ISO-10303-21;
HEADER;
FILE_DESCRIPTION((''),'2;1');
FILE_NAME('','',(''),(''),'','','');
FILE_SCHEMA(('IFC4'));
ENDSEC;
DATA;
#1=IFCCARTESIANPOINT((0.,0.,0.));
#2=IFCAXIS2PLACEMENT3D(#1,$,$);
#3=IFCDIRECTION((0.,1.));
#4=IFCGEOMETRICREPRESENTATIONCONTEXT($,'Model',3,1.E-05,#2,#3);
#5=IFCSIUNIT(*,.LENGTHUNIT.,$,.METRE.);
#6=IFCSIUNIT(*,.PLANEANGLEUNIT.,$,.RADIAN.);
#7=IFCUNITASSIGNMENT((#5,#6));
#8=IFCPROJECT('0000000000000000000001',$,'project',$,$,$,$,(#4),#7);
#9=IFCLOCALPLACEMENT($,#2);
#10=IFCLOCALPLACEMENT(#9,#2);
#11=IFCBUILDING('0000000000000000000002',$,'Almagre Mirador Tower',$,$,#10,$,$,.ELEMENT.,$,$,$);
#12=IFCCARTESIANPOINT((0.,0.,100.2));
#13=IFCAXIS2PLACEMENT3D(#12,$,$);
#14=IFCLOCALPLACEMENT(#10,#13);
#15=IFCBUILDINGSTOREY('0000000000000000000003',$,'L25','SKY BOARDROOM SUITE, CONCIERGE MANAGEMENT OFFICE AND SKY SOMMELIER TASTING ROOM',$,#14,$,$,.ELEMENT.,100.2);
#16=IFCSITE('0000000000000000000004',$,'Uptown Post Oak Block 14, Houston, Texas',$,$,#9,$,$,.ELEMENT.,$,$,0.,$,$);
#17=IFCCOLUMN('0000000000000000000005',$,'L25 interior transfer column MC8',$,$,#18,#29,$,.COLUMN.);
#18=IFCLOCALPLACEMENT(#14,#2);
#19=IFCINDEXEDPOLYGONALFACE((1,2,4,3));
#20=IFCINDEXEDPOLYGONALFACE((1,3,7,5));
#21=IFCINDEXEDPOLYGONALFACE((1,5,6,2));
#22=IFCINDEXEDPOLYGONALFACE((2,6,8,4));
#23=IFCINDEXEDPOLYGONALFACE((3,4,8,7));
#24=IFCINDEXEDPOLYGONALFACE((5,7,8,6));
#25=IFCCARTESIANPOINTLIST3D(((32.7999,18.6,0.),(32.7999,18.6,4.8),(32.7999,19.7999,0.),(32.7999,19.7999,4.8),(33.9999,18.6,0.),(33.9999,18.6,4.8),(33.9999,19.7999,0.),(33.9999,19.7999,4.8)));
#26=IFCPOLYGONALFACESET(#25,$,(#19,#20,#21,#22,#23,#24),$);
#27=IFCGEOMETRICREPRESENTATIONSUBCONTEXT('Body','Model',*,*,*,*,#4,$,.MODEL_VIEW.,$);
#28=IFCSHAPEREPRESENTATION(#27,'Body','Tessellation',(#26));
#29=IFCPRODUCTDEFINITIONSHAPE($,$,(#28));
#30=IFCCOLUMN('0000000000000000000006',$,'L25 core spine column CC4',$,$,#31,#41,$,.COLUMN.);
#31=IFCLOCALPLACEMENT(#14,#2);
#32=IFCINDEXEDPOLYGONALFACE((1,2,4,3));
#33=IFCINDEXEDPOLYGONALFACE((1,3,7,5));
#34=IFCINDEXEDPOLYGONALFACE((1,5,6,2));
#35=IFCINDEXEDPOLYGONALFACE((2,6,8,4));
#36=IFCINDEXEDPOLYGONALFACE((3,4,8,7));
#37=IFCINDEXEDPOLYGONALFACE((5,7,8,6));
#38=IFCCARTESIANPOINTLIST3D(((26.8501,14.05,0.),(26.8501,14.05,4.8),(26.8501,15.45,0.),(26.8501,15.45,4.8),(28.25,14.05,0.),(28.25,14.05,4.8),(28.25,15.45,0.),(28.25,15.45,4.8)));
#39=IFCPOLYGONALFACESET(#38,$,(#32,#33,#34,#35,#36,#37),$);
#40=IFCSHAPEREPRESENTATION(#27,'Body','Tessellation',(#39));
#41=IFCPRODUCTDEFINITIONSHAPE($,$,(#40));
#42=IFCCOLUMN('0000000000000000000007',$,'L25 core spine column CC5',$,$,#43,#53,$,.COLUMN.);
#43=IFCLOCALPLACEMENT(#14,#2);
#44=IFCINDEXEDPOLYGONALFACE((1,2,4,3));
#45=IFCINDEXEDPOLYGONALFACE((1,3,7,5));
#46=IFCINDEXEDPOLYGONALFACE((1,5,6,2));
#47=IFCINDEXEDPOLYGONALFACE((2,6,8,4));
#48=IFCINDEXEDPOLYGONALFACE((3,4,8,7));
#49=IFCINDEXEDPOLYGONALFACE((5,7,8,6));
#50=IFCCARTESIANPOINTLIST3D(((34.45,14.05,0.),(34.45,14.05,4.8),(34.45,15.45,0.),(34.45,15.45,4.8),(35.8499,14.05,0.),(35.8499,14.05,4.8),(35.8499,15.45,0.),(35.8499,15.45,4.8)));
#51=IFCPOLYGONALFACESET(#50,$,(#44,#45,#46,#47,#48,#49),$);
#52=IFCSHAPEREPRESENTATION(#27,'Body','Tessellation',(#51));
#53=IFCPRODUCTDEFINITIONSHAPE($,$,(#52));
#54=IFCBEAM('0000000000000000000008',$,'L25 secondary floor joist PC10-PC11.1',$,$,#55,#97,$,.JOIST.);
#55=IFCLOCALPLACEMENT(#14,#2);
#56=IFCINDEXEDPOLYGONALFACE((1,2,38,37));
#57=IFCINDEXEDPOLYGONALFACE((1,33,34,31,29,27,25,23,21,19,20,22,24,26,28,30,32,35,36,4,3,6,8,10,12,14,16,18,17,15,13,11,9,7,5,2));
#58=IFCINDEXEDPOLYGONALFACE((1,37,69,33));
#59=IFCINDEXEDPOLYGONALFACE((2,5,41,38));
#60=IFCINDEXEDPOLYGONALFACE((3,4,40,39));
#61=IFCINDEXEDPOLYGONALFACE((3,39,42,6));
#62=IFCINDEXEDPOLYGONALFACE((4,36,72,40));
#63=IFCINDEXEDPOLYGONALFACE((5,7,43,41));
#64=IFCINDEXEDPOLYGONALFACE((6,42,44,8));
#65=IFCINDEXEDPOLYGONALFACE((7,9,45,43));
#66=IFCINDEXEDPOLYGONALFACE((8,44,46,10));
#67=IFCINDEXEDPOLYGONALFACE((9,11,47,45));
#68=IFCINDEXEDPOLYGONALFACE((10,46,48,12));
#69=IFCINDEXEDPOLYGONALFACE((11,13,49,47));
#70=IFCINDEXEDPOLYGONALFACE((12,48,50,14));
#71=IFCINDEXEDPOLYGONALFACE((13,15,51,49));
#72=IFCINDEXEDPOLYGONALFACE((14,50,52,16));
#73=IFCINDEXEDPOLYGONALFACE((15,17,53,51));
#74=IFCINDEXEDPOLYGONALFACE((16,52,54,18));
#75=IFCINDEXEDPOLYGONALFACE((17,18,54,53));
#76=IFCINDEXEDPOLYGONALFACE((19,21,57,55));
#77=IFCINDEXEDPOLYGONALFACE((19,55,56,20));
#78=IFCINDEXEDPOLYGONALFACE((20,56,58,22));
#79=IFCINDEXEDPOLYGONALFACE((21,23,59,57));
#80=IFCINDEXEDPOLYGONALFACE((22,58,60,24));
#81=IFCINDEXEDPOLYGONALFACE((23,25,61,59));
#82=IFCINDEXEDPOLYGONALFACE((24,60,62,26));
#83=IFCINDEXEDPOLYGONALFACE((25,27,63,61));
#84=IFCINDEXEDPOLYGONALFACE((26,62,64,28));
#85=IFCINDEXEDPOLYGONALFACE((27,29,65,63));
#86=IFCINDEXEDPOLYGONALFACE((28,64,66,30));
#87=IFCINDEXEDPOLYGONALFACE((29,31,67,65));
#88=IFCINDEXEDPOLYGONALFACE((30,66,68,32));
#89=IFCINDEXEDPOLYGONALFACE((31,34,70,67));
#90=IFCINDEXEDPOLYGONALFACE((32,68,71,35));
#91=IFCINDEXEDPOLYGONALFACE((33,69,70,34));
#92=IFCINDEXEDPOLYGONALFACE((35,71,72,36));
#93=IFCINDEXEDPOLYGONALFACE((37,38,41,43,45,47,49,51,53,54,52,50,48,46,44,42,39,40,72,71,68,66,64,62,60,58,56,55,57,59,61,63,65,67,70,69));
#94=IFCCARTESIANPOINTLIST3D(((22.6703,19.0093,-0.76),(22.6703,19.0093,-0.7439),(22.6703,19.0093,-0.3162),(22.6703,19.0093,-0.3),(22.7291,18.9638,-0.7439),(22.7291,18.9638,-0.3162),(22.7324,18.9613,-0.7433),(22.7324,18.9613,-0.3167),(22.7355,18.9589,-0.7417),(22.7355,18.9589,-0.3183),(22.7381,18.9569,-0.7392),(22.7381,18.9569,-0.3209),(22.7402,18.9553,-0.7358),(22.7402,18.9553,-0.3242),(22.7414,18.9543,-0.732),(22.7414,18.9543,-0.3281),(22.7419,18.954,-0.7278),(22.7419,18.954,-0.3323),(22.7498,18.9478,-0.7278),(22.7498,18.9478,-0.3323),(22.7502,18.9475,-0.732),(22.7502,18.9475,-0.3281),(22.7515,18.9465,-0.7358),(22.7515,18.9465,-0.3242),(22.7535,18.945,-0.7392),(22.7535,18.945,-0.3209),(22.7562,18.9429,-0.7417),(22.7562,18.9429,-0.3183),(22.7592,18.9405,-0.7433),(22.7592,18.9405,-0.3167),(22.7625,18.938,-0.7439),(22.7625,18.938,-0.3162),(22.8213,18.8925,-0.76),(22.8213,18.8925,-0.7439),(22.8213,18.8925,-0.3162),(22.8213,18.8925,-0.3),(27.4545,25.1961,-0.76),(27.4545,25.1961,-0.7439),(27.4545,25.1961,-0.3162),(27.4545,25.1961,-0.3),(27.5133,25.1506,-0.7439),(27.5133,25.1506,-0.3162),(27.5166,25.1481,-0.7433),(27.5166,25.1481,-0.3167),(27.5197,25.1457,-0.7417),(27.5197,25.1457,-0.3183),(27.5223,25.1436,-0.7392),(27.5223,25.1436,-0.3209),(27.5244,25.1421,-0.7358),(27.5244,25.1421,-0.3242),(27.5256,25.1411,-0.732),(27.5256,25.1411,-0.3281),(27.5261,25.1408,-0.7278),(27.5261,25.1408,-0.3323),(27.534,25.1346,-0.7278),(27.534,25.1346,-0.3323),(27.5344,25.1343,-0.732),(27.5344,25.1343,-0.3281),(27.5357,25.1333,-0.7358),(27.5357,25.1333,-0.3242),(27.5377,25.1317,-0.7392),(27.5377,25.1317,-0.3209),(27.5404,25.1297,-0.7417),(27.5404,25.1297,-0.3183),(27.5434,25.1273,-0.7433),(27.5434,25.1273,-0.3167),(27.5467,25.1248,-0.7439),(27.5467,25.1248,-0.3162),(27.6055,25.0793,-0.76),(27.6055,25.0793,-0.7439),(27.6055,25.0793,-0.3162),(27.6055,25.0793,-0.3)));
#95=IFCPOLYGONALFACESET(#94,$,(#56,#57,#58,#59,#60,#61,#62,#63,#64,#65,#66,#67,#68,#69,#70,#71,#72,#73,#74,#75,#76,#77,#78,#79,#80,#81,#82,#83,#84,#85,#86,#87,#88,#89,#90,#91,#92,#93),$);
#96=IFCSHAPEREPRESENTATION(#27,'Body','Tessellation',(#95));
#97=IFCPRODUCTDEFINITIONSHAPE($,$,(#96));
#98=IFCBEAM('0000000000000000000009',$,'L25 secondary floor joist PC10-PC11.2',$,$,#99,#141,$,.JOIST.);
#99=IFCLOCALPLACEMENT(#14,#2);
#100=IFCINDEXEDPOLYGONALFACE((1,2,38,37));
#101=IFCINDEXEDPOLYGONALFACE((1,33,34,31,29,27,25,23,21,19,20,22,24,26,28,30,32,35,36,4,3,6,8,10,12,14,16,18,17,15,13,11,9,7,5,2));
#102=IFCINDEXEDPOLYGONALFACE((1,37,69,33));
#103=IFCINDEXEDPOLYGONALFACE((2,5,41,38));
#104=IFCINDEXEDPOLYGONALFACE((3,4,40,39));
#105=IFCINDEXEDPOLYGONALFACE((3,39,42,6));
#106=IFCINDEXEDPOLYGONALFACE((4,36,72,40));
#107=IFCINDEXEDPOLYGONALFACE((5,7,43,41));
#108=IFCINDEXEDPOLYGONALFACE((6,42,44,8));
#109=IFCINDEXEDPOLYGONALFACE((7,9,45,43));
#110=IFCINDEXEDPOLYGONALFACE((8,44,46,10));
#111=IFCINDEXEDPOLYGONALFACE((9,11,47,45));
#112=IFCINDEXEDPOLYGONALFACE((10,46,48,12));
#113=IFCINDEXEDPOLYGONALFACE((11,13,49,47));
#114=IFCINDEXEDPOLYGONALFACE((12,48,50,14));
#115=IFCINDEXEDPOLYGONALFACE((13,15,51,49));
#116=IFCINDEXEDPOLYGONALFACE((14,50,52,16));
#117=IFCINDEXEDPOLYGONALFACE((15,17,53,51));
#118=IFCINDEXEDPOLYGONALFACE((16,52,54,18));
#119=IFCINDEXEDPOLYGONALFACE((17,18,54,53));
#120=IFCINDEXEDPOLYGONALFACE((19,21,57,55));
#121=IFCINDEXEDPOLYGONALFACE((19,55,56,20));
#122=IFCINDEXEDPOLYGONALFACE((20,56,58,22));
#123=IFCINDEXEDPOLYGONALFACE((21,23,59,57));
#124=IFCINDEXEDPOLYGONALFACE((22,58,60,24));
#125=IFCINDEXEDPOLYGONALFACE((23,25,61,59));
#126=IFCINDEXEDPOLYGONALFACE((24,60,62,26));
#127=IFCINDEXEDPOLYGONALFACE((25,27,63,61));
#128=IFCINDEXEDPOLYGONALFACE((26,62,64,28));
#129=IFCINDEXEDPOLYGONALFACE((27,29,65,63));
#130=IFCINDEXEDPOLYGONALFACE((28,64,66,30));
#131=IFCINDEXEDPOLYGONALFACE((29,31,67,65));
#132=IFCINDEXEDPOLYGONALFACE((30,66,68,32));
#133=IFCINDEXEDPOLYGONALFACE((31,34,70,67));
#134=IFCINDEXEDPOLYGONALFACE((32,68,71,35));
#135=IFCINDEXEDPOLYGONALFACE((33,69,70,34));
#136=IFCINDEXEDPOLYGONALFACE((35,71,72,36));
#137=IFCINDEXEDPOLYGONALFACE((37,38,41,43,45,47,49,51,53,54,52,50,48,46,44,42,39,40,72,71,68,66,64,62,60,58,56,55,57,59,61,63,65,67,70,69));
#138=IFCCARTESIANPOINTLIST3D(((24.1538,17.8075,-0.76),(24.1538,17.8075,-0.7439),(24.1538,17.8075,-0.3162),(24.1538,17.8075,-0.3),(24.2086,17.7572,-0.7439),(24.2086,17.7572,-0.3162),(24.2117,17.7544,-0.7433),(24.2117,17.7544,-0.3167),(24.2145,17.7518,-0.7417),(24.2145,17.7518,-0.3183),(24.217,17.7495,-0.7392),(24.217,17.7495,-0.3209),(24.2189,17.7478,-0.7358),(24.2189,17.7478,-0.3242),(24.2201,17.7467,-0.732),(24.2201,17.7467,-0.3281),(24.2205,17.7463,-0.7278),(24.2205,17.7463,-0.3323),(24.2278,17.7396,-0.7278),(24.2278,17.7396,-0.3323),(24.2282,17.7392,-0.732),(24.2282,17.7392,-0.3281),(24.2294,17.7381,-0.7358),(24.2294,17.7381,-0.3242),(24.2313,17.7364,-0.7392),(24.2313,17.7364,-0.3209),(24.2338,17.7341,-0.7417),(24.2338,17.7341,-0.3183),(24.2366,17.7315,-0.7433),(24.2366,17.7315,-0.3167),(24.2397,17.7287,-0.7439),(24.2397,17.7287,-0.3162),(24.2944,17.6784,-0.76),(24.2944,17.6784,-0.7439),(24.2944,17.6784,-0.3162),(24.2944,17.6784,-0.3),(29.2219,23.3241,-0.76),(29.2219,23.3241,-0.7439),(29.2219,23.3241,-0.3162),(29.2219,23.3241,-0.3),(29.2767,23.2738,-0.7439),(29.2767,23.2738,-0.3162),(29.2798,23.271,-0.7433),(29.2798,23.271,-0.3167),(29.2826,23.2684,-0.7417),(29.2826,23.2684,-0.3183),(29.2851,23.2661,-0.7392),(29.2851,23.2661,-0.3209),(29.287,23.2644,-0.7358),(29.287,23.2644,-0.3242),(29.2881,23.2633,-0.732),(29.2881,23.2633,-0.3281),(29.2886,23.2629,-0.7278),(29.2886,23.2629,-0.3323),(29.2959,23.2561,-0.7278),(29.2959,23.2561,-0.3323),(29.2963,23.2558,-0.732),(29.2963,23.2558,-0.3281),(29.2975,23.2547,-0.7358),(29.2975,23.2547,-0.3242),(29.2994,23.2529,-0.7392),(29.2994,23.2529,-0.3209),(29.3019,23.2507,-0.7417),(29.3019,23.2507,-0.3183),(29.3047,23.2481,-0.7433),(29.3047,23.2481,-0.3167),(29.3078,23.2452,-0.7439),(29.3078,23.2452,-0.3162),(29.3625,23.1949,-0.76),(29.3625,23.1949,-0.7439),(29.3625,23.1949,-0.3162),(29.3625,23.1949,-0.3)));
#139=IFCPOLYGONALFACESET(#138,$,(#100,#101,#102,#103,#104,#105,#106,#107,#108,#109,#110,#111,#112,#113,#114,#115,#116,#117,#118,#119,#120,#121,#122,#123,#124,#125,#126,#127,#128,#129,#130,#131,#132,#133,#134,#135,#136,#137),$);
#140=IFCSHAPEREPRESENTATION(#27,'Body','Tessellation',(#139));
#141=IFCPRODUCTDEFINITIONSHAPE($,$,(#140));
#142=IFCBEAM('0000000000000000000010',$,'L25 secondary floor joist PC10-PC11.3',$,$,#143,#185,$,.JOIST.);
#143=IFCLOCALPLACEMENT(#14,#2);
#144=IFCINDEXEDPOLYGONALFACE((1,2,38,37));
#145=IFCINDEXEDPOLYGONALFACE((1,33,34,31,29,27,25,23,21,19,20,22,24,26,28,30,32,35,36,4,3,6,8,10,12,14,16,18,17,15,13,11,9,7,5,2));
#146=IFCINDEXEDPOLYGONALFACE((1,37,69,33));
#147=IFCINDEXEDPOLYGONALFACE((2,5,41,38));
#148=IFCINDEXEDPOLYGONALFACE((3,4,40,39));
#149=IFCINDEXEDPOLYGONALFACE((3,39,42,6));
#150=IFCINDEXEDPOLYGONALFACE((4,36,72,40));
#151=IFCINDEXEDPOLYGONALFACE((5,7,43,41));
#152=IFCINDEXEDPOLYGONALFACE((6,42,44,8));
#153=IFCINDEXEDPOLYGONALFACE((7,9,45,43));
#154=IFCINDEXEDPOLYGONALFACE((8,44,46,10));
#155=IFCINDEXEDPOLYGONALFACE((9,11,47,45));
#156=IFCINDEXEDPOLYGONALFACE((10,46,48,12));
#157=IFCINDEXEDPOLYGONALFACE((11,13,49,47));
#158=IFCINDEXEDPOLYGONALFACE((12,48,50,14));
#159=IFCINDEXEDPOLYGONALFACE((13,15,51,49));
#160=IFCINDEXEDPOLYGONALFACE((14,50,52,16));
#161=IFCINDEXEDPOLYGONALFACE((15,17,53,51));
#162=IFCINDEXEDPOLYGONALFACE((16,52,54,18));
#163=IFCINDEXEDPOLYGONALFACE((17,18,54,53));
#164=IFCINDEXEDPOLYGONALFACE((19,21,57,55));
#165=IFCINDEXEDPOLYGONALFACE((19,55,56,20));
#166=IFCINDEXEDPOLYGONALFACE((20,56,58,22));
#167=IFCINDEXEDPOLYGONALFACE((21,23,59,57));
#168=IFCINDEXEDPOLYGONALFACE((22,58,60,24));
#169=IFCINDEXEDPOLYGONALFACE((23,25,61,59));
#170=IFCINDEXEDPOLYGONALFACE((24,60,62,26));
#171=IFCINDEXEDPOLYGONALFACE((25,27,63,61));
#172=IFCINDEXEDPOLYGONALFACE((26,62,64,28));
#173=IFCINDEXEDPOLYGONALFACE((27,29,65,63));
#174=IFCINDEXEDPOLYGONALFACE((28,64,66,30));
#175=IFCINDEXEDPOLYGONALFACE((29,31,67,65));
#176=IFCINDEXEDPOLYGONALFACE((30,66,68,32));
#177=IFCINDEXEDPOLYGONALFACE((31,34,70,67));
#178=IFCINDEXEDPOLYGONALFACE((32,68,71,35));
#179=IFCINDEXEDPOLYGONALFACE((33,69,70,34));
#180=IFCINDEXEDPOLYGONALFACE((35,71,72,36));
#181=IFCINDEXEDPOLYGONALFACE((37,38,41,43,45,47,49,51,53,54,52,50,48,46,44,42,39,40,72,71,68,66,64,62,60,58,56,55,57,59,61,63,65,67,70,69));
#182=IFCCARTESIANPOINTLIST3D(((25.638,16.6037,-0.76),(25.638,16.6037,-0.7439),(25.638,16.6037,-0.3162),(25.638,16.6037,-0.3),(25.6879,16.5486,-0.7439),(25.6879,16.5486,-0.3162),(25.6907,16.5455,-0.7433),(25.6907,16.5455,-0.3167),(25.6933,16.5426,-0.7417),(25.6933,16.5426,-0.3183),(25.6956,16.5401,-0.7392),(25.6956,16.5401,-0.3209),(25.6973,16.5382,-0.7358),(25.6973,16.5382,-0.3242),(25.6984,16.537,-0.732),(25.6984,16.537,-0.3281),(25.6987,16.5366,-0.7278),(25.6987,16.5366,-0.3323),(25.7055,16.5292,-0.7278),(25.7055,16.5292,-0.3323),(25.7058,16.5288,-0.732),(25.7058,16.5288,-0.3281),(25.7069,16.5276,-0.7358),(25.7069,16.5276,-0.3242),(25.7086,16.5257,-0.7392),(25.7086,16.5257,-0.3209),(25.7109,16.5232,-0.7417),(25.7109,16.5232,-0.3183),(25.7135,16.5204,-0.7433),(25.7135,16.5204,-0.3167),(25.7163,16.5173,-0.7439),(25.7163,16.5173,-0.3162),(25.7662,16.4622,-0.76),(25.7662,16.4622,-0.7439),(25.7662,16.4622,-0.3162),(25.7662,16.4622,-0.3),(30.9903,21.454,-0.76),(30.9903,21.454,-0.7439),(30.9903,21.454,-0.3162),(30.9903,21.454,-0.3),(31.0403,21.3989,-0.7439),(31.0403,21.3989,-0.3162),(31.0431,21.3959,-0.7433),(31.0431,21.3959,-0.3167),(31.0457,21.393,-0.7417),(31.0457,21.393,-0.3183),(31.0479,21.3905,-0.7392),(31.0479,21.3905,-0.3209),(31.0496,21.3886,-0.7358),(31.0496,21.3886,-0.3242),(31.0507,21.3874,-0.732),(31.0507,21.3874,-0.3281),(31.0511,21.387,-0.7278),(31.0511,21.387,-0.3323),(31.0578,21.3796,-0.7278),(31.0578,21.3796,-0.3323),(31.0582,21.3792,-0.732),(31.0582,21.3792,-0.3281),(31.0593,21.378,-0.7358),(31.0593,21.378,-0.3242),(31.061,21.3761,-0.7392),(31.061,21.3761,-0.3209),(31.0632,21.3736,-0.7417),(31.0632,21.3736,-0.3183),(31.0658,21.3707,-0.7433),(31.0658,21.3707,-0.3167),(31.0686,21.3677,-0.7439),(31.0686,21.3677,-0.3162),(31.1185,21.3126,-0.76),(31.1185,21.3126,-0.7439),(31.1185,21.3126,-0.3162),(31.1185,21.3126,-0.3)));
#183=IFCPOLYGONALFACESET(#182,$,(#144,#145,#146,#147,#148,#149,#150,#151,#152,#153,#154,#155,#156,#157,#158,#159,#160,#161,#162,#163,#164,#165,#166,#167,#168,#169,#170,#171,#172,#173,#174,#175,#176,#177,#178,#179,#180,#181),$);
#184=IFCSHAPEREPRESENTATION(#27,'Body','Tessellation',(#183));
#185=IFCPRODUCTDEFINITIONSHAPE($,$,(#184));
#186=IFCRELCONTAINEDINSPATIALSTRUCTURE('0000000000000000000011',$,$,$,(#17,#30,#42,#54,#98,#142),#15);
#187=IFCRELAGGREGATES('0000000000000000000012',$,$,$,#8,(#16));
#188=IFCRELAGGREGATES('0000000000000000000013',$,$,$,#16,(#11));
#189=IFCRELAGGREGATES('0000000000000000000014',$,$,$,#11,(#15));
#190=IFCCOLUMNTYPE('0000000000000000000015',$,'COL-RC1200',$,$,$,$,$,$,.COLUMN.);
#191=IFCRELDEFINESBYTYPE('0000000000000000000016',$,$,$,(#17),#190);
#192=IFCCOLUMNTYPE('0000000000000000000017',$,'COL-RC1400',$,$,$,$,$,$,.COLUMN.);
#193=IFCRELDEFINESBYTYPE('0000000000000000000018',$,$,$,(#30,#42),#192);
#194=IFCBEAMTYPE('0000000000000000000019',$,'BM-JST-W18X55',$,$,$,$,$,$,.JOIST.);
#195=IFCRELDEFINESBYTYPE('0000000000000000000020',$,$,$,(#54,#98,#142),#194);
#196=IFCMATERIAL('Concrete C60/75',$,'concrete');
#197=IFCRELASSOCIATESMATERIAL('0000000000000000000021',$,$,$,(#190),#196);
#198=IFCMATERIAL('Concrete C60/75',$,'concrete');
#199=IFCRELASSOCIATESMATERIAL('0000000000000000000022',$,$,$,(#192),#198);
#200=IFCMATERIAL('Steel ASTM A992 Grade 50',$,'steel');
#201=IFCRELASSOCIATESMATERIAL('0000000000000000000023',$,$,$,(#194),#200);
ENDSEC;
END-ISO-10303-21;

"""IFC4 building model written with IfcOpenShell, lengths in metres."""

from ifc_helpers import new_model, si_unit, direction, frame, origin, origin_2d, place, context, subcontext, project, spatial, rectangle, i_section, extrude, material, material_profile, profile_set, type_object, element, save


model = new_model("IFC4")

# Units and contexts
model_context = context("Model", 3, precision=1e-05, world=origin(), true_north=direction((0.0, 1.0)))
body_context = subcontext(model_context, "Body", "Model", "MODEL_VIEW")
ifc_project = project(units=[si_unit("LENGTHUNIT", "METRE"), si_unit("PLANEANGLEUNIT", "RADIAN")], contexts=[model_context])

# Site, building, storey
site_placement = place(None, origin())
site = spatial("IfcSite", under=ifc_project, at=site_placement, Name="Uptown Post Oak Block 14, Houston, Texas", CompositionType="ELEMENT", RefElevation=0.0)
building_placement = place(site_placement, origin())
building = spatial("IfcBuilding", under=site, at=building_placement, Name="Almagre Mirador Tower", CompositionType="ELEMENT")
storey_placement = place(building_placement, frame((0.0, 0.0, 100.2)))
storey = spatial("IfcBuildingStorey", under=building, at=storey_placement, Name="L25", Description="SKY BOARDROOM SUITE, CONCIERGE MANAGEMENT OFFICE AND SKY SOMMELIER TASTING ROOM", CompositionType="ELEMENT", Elevation=100.2)

# Columns
ifc_material_1 = material(Name="Concrete C60/75", Category="concrete")
ifc_material_profile_1 = material_profile(ifc_material_1, rectangle(XDim=1.2, YDim=1.2, at=origin_2d()), Name="RC1200X1200")
ifc_profile_set_1 = profile_set([ifc_material_profile_1], Name="Concrete C60/75")
column_type_1 = type_object("IfcColumnType", Name="COL-RC1200", PredefinedType="COLUMN", material=ifc_profile_set_1)
column_placement = place(storey_placement, frame((33.3999, 19.2, 0.0), z_axis=(0.0, 0.0, 1.0), x_axis=(1.0, 0.0, 0.0)))
element("IfcColumn", 1, at=column_placement, inside=storey, type_object=column_type_1, Name="L25 interior transfer column MC8", PredefinedType="COLUMN", context=body_context, shape_type="SweptSolid", body=[
    extrude(rectangle(XDim=1.2, YDim=1.2, at=origin_2d()), origin(), (0.0, 0.0, 1.0), 4.8),
])
ifc_material_2 = material(Name="Concrete C60/75", Category="concrete")
ifc_material_profile_2 = material_profile(ifc_material_2, rectangle(XDim=1.3999, YDim=1.3999, at=origin_2d()), Name="RC1400X1400")
ifc_profile_set_2 = profile_set([ifc_material_profile_2], Name="Concrete C60/75")
column_type_2 = type_object("IfcColumnType", Name="COL-RC1400", PredefinedType="COLUMN", material=ifc_profile_set_2)
for number, where, z_axis, x_axis, name in (
    (2, (27.55, 14.75, 0.0), (0.0, 0.0, 1.0), (1.0, 0.0, 0.0), "L25 core spine column CC4"),
    (3, (35.1499, 14.75, 0.0), (0.0, 0.0, 1.0), (1.0, 0.0, 0.0), "L25 core spine column CC5"),
):
    element("IfcColumn", number, at=place(storey_placement, frame(where, z_axis=z_axis, x_axis=x_axis)), inside=storey, type_object=column_type_2, Name=name, PredefinedType="COLUMN", context=body_context, shape_type="SweptSolid", body=[
        extrude(rectangle(XDim=1.3999, YDim=1.3999, at=origin_2d()), origin(), (0.0, 0.0, 1.0), 4.8),
    ])

# Beams
ifc_material_3 = material(Name="Steel ASTM A992 Grade 50", Category="steel")
ifc_material_profile_3 = material_profile(ifc_material_3, i_section(OverallWidth=0.1909, OverallDepth=0.46, WebThickness=0.01, FlangeThickness=0.0161, FilletRadius=0.0161, at=origin_2d()), Name="W18X55")
ifc_profile_set_3 = profile_set([ifc_material_profile_3], Name="Steel ASTM A992 Grade 50")
beam_type_1 = type_object("IfcBeamType", Name="BM-JST-W18X55", PredefinedType="JOIST", material=ifc_profile_set_3)
beam_1_placement = place(storey_placement, frame((27.53, 25.1377, -0.53), z_axis=(-0.611727, -0.791069, 0.0), x_axis=(0.791069, -0.611727, 0.0)))
element("IfcBeam", 4, at=beam_1_placement, inside=storey, type_object=beam_type_1, Name="L25 secondary floor joist PC10-PC11.1", PredefinedType="JOIST", context=body_context, shape_type="SweptSolid", body=[
    extrude(i_section(OverallWidth=0.1909, OverallDepth=0.46, WebThickness=0.01, FlangeThickness=0.0161, FilletRadius=0.0161, at=origin_2d()), origin(), (0.0, 0.0, 1.0), 7.8208),
])
beam_2_placement = place(storey_placement, frame((29.2922, 23.2595, -0.53), z_axis=(-0.676539, -0.736407, 0.0), x_axis=(0.736407, -0.676539, 0.0)))
element("IfcBeam", 5, at=beam_2_placement, inside=storey, type_object=beam_type_1, Name="L25 secondary floor joist PC10-PC11.2", PredefinedType="JOIST", context=body_context, shape_type="SweptSolid", body=[
    extrude(i_section(OverallWidth=0.1909, OverallDepth=0.46, WebThickness=0.01, FlangeThickness=0.0161, FilletRadius=0.0161, at=origin_2d()), origin(), (0.0, 0.0, 1.0), 7.4912),
])
beam_3_placement = place(storey_placement, frame((31.0544, 21.3833, -0.53), z_axis=(-0.740999, -0.671506, 0.0), x_axis=(0.671506, -0.740999, 0.0)))
element("IfcBeam", 6, at=beam_3_placement, inside=storey, type_object=beam_type_1, Name="L25 secondary floor joist PC10-PC11.3", PredefinedType="JOIST", context=body_context, shape_type="SweptSolid", body=[
    extrude(i_section(OverallWidth=0.1909, OverallDepth=0.46, WebThickness=0.01, FlangeThickness=0.0161, FilletRadius=0.0161, at=origin_2d()), origin(), (0.0, 0.0, 1.0), 7.2231),
])

save(model, "model.ifc")
